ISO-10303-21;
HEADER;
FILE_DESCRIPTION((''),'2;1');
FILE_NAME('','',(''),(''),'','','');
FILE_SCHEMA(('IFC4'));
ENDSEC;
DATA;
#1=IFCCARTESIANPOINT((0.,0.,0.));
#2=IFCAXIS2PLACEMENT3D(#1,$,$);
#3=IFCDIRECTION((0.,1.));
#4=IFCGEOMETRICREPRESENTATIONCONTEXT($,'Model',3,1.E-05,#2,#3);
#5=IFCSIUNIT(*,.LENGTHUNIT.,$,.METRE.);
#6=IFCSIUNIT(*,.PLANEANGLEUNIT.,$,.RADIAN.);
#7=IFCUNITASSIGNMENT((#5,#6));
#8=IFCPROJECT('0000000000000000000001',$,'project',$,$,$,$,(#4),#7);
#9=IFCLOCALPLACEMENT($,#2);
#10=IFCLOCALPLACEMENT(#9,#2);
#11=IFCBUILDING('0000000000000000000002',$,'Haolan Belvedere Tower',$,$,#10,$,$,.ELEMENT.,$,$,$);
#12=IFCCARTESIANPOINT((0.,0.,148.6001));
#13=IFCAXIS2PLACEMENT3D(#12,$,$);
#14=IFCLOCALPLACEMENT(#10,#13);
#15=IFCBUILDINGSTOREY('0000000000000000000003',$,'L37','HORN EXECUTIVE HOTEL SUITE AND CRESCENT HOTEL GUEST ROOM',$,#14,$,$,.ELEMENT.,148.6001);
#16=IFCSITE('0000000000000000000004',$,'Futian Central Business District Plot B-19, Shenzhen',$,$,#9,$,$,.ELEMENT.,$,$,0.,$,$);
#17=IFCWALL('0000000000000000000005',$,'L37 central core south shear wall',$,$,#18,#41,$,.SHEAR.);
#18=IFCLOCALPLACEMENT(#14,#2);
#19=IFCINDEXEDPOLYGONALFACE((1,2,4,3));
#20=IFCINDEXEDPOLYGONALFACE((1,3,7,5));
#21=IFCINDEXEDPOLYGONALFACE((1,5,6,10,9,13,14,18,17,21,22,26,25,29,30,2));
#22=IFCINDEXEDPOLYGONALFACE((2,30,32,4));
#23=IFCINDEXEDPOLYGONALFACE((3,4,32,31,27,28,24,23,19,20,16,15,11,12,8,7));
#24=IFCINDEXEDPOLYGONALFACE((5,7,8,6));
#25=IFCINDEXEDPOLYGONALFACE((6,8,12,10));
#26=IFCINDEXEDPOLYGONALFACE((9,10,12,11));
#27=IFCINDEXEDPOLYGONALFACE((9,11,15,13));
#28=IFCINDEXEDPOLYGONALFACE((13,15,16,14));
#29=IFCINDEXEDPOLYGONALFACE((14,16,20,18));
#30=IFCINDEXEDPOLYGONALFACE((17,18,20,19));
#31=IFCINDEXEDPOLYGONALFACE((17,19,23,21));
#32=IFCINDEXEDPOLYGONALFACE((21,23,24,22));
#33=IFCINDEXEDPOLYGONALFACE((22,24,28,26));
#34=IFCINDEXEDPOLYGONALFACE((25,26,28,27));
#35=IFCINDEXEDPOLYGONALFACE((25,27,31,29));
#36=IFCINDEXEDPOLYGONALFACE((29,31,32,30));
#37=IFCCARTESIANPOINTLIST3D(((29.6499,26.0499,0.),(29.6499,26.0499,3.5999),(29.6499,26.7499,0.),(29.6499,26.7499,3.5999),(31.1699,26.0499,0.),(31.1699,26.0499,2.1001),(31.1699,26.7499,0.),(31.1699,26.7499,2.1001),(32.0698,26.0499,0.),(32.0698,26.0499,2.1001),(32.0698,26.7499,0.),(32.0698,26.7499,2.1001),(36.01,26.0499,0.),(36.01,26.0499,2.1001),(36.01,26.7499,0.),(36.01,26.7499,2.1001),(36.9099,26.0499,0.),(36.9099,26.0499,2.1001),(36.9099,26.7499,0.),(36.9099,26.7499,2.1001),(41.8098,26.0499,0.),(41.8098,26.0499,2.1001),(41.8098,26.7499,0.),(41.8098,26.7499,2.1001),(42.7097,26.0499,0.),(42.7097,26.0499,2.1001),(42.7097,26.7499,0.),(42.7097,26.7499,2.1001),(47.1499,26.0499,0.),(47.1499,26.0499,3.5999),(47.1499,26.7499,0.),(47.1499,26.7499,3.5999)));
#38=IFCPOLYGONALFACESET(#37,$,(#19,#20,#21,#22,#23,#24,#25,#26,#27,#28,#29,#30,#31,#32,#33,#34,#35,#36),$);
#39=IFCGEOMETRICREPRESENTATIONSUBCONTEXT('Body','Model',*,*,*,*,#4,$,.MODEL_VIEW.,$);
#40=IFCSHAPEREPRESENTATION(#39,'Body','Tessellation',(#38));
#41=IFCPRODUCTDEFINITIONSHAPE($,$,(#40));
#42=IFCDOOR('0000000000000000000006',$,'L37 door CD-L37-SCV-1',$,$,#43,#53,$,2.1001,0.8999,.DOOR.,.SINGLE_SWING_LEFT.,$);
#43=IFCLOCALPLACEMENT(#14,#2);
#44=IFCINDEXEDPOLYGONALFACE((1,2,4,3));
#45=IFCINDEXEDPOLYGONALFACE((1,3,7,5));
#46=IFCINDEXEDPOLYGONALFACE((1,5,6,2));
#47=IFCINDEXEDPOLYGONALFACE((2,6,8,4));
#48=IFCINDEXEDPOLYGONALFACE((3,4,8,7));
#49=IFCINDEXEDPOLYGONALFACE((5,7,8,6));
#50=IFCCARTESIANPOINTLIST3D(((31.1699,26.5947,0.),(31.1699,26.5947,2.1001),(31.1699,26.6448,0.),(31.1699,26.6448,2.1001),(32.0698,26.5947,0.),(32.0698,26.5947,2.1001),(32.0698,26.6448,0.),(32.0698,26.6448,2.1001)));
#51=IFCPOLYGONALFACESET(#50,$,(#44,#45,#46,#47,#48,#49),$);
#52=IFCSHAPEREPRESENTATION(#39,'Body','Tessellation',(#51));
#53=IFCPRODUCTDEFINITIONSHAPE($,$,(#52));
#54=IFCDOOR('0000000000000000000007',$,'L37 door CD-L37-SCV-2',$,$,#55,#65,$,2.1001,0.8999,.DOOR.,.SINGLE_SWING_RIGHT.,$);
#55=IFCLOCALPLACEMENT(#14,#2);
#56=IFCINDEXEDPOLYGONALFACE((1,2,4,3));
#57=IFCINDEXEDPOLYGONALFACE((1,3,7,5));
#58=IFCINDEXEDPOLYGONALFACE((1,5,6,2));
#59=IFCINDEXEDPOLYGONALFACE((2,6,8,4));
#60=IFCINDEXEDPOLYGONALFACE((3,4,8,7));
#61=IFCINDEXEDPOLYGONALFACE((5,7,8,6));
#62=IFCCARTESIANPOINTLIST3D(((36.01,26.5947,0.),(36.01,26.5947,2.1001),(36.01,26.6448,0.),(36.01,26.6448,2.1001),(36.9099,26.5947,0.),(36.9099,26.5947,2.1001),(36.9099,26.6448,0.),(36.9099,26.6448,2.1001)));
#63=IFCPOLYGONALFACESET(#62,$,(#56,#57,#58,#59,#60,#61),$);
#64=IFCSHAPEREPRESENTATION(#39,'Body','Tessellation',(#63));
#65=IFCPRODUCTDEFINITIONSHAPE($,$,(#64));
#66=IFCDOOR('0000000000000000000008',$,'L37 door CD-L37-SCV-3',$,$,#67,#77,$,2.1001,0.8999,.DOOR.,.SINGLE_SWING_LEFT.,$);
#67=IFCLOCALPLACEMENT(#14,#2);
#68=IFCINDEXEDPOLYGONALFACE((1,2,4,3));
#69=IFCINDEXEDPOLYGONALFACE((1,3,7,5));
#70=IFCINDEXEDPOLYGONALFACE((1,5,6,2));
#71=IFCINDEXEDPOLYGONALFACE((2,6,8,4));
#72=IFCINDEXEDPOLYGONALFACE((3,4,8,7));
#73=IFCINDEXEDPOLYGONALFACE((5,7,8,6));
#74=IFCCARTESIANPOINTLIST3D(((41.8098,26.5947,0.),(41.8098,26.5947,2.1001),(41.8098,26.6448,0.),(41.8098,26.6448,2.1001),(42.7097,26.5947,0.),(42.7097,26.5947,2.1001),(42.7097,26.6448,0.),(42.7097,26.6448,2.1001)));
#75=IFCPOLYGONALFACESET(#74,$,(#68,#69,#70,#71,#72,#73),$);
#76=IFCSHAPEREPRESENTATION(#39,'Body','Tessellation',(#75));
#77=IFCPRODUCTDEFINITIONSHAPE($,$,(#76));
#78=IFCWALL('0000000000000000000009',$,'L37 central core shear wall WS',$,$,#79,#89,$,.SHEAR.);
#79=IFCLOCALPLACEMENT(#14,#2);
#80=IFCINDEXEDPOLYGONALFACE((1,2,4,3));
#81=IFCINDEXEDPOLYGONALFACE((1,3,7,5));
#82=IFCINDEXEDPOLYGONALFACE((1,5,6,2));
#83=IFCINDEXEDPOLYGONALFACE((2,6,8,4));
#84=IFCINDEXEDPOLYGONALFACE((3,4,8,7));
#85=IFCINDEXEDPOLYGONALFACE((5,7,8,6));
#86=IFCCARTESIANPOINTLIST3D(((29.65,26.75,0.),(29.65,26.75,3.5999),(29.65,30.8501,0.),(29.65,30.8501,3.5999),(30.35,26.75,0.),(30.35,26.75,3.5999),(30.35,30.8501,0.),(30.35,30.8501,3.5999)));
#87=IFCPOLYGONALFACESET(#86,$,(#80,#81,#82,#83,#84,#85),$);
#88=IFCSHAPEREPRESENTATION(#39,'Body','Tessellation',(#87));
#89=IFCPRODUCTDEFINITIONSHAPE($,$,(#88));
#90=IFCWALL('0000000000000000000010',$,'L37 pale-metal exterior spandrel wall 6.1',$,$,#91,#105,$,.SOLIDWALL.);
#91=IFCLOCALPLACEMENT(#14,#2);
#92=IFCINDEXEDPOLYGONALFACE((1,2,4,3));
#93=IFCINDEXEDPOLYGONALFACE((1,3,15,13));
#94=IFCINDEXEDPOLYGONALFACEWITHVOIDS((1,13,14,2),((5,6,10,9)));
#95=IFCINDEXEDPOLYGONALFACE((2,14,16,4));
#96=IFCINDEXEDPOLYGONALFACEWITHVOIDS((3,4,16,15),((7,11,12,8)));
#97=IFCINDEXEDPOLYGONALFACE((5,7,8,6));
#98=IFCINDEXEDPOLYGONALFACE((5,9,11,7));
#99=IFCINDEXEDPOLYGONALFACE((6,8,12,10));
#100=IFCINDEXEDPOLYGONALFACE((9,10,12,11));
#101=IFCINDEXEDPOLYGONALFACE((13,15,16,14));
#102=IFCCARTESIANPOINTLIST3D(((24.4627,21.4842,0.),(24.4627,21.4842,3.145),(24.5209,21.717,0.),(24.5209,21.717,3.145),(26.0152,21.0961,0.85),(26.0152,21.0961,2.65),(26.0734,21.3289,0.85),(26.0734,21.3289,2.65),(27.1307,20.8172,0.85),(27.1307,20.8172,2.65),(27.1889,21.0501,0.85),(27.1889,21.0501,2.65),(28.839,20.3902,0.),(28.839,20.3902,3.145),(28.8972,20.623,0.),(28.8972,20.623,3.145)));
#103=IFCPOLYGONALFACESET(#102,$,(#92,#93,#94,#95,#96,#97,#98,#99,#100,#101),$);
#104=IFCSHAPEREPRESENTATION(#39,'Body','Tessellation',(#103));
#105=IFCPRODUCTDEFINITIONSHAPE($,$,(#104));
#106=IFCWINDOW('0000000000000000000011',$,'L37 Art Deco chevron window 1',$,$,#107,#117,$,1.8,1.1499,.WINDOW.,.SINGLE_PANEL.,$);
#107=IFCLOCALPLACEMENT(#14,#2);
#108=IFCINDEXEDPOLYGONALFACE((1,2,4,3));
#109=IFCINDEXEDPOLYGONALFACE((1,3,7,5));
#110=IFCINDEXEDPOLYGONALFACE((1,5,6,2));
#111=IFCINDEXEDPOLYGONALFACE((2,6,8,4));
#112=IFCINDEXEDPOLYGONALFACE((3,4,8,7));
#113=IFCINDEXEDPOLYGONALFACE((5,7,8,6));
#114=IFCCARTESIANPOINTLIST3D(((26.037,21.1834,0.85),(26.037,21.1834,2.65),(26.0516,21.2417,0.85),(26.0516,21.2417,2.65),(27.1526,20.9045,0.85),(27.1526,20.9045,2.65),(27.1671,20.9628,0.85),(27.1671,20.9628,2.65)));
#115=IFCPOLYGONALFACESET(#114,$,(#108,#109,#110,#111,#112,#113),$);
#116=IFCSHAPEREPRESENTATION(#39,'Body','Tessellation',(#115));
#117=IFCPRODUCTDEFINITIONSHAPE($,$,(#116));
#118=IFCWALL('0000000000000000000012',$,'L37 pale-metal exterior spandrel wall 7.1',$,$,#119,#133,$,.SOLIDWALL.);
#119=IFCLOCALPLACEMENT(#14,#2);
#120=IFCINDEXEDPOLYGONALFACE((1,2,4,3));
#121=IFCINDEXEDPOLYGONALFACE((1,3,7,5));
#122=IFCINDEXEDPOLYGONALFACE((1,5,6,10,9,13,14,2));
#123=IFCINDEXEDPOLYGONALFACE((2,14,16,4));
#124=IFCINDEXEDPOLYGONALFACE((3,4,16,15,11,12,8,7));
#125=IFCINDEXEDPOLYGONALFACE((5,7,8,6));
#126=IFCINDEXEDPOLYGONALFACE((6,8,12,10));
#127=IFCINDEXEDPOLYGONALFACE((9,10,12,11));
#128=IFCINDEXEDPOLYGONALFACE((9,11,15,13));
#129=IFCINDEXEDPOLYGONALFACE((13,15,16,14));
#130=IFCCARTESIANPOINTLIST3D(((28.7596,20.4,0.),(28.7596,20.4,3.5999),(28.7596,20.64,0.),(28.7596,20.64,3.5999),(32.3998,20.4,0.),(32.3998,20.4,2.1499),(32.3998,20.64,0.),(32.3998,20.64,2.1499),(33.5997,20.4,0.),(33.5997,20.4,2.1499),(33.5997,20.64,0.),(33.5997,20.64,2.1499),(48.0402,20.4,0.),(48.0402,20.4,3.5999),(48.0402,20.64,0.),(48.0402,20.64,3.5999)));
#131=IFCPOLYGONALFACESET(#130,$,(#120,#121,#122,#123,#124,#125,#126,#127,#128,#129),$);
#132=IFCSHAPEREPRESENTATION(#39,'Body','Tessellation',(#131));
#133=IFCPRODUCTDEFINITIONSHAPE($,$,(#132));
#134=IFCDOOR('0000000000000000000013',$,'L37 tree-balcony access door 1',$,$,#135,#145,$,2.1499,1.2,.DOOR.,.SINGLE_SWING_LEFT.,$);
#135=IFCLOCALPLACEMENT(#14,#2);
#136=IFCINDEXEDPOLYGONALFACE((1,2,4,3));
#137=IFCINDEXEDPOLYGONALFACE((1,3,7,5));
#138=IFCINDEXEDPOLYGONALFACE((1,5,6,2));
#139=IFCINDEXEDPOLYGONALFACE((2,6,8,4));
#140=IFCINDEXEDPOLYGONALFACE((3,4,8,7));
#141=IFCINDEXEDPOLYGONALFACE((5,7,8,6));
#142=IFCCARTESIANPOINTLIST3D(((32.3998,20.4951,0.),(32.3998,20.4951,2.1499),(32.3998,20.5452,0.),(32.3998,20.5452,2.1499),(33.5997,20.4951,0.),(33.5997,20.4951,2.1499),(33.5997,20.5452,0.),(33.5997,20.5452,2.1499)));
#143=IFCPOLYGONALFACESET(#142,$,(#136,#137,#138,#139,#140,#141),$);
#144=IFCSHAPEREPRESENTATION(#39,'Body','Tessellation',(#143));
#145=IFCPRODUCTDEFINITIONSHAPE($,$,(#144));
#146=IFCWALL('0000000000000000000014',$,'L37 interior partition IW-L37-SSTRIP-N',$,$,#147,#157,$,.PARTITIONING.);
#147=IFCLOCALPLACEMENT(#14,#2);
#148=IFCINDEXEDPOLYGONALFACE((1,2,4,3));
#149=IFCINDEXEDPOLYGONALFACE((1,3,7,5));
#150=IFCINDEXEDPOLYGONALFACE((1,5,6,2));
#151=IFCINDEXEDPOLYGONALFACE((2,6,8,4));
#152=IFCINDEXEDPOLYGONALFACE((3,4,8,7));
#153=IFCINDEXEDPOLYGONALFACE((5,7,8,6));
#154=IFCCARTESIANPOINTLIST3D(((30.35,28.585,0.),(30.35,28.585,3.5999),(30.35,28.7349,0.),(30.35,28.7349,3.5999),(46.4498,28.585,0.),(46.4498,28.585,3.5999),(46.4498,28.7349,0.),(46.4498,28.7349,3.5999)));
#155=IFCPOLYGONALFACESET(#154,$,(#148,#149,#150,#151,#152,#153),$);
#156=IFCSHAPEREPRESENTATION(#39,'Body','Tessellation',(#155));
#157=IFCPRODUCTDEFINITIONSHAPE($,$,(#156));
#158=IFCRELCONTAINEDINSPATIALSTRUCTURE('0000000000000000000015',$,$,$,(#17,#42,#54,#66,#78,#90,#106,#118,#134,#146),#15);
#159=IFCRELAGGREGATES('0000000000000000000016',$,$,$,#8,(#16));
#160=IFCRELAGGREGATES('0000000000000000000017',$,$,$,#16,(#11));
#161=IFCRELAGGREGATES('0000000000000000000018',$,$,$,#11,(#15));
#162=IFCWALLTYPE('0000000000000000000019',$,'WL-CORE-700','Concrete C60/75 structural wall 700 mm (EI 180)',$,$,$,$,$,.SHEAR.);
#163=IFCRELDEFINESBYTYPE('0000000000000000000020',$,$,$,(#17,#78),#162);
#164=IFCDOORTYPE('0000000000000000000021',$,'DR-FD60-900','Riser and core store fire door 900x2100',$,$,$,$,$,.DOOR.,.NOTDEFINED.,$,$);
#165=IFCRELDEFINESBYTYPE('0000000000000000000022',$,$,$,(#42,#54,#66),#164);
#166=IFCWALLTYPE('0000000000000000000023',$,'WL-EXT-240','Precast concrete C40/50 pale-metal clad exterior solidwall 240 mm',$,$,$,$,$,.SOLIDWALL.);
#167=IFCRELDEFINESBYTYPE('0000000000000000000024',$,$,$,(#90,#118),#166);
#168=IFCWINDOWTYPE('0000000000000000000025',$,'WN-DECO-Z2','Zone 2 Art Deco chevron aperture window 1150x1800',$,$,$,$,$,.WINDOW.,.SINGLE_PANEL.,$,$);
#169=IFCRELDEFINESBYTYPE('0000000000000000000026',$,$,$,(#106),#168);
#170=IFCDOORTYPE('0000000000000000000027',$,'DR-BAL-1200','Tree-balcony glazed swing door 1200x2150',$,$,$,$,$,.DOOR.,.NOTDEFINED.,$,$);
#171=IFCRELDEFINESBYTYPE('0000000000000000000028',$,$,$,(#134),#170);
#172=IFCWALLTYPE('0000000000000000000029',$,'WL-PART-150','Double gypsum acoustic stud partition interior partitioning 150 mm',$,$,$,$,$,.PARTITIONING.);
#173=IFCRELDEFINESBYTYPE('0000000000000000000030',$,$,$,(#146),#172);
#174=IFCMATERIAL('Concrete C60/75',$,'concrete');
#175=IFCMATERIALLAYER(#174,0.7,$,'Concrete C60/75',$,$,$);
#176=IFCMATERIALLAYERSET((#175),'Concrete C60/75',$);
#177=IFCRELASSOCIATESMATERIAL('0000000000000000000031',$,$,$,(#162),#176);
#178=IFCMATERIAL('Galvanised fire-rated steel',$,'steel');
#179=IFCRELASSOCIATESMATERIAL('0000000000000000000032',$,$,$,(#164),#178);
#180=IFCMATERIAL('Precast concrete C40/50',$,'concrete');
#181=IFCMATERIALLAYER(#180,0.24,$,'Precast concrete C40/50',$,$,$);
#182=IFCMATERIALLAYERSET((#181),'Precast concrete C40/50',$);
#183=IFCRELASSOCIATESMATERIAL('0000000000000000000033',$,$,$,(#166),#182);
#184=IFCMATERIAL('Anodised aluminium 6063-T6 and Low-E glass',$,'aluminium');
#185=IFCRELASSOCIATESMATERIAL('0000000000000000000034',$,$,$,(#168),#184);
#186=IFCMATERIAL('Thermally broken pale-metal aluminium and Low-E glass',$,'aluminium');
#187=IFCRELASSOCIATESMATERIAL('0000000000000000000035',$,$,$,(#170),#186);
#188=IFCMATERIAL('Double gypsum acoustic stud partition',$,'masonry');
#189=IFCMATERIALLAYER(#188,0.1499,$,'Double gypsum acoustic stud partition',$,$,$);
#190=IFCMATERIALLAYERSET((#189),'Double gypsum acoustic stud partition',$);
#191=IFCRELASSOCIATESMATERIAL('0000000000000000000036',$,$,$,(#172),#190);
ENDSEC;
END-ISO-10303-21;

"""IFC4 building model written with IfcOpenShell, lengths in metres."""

from ifc_helpers import new_model, si_unit, direction, frame, frame_2d, origin, place, context, subcontext, project, spatial, rectangle, extrude, material, layer, layer_set, type_object, element, fill, save


model = new_model("IFC4")

# Units and contexts
model_context = context("Model", 3, precision=1e-05, world=origin(), true_north=direction((0.0, 1.0)))
body_context = subcontext(model_context, "Body", "Model", "MODEL_VIEW")
ifc_project = project(units=[si_unit("LENGTHUNIT", "METRE"), si_unit("PLANEANGLEUNIT", "RADIAN")], contexts=[model_context])

# Site, building, storey
site_placement = place(None, origin())
site = spatial("IfcSite", under=ifc_project, at=site_placement, Name="Futian Central Business District Plot B-19, Shenzhen", CompositionType="ELEMENT", RefElevation=0.0)
building_placement = place(site_placement, origin())
building = spatial("IfcBuilding", under=site, at=building_placement, Name="Haolan Belvedere Tower", CompositionType="ELEMENT")
storey_placement = place(building_placement, frame((0.0, 0.0, 148.6001)))
storey = spatial("IfcBuildingStorey", under=building, at=storey_placement, Name="L37", Description="HORN EXECUTIVE HOTEL SUITE AND CRESCENT HOTEL GUEST ROOM", CompositionType="ELEMENT", Elevation=148.6001)

# Wall, openings, doors
ifc_material_1 = material(Name="Concrete C60/75", Category="concrete")
ifc_layer_1 = layer(ifc_material_1, 0.7, Name="Concrete C60/75")
ifc_layer_set_1 = layer_set([ifc_layer_1], Name="Concrete C60/75")
wall_type_1 = type_object("IfcWallType", Name="WL-CORE-700", Description="Concrete C60/75 structural wall 700 mm (EI 180)", PredefinedType="SHEAR", material=ifc_layer_set_1)
wall_1_placement = place(storey_placement, frame((29.6499, 26.3999, 0.0), z_axis=(0.0, 0.0, 1.0), x_axis=(1.0, 0.0, 0.0)))
wall_1 = element("IfcWall", 1, at=wall_1_placement, inside=storey, type_object=wall_type_1, Name="L37 central core south shear wall", PredefinedType="SHEAR", context=body_context, shape_type="SweptSolid", body=[
    extrude(rectangle(XDim=17.5, YDim=0.7, at=frame_2d((8.75, 0.0))), origin(), (0.0, 0.0, 1.0), 3.5999),
])
opening_1_placement = place(wall_1_placement, frame((2.4199, 0.0, 0.0), z_axis=(0.0, 0.0, 1.0), x_axis=(-1.0, 0.0, 0.0)))
opening_1 = element("IfcOpeningElement", 2, at=opening_1_placement, cuts=wall_1, PredefinedType="OPENING", context=body_context, shape_type="SweptSolid", body=[
    extrude(rectangle(XDim=0.8999, YDim=2.1001, at=frame_2d((0.45, 1.05))), frame((0.0, 0.3599, 0.0), z_axis=(0.0, -1.0, 0.0), x_axis=(1.0, 0.0, 0.0)), (0.0, 0.0, 1.0), 0.72),
])
opening_2_placement = place(wall_1_placement, frame((7.26, 0.0, 0.0), z_axis=(0.0, 0.0, 1.0), x_axis=(-1.0, 0.0, 0.0)))
opening_2 = element("IfcOpeningElement", 3, at=opening_2_placement, cuts=wall_1, PredefinedType="OPENING", context=body_context, shape_type="SweptSolid", body=[
    extrude(rectangle(XDim=0.8999, YDim=2.1001, at=frame_2d((0.45, 1.05))), frame((0.0, 0.3599, 0.0), z_axis=(0.0, -1.0, 0.0), x_axis=(1.0, 0.0, 0.0)), (0.0, 0.0, 1.0), 0.72),
])
opening_3_placement = place(wall_1_placement, frame((13.0598, 0.0, 0.0), z_axis=(0.0, 0.0, 1.0), x_axis=(-1.0, 0.0, 0.0)))
opening_3 = element("IfcOpeningElement", 4, at=opening_3_placement, cuts=wall_1, PredefinedType="OPENING", context=body_context, shape_type="SweptSolid", body=[
    extrude(rectangle(XDim=0.8999, YDim=2.1001, at=frame_2d((0.45, 1.05))), frame((0.0, 0.3599, 0.0), z_axis=(0.0, -1.0, 0.0), x_axis=(1.0, 0.0, 0.0)), (0.0, 0.0, 1.0), 0.72),
])
ifc_material_2 = material(Name="Galvanised fire-rated steel", Category="steel")
door_type_1 = type_object("IfcDoorType", Name="DR-FD60-900", Description="Riser and core store fire door 900x2100", OperationType="NOTDEFINED", PredefinedType="DOOR", material=ifc_material_2)
door_1_placement = place(opening_1_placement, origin())
door_1 = element("IfcDoor", 5, at=door_1_placement, inside=storey, type_object=door_type_1, Name="L37 door CD-L37-SCV-1", OperationType="SINGLE_SWING_LEFT", OverallHeight=2.1001, OverallWidth=0.8999, PredefinedType="DOOR", context=body_context, shape_type="SweptSolid", body=[
    extrude(rectangle(XDim=0.8999, YDim=2.1001, at=frame_2d((0.45, 1.05))), frame((0.0, -0.1948, 0.0), z_axis=(0.0, -1.0, 0.0), x_axis=(1.0, 0.0, 0.0)), (0.0, 0.0, 1.0), 0.05),
])
fill(opening_1, door_1)
door_2_placement = place(opening_2_placement, origin())
door_2 = element("IfcDoor", 6, at=door_2_placement, inside=storey, type_object=door_type_1, Name="L37 door CD-L37-SCV-2", OperationType="SINGLE_SWING_RIGHT", OverallHeight=2.1001, OverallWidth=0.8999, PredefinedType="DOOR", context=body_context, shape_type="SweptSolid", body=[
    extrude(rectangle(XDim=0.8999, YDim=2.1001, at=frame_2d((0.45, 1.05))), frame((0.0, -0.1948, 0.0), z_axis=(0.0, -1.0, 0.0), x_axis=(1.0, 0.0, 0.0)), (0.0, 0.0, 1.0), 0.05),
])
fill(opening_2, door_2)
door_3_placement = place(opening_3_placement, origin())
door_3 = element("IfcDoor", 7, at=door_3_placement, inside=storey, type_object=door_type_1, Name="L37 door CD-L37-SCV-3", OperationType="SINGLE_SWING_LEFT", OverallHeight=2.1001, OverallWidth=0.8999, PredefinedType="DOOR", context=body_context, shape_type="SweptSolid", body=[
    extrude(rectangle(XDim=0.8999, YDim=2.1001, at=frame_2d((0.45, 1.05))), frame((0.0, -0.1948, 0.0), z_axis=(0.0, -1.0, 0.0), x_axis=(1.0, 0.0, 0.0)), (0.0, 0.0, 1.0), 0.05),
])
fill(opening_3, door_3)

# Wall
wall_2_placement = place(storey_placement, frame((30.0, 26.75, 0.0), z_axis=(0.0, 0.0, 1.0), x_axis=(0.0, 1.0, 0.0)))
element("IfcWall", 8, at=wall_2_placement, inside=storey, type_object=wall_type_1, Name="L37 central core shear wall WS", PredefinedType="SHEAR", context=body_context, shape_type="SweptSolid", body=[
    extrude(rectangle(XDim=4.1001, YDim=0.7, at=frame_2d((2.05, 0.0))), origin(), (0.0, 0.0, 1.0), 3.5999),
])

# Wall, opening, window
ifc_material_3 = material(Name="Precast concrete C40/50", Category="concrete")
ifc_layer_2 = layer(ifc_material_3, 0.24, Name="Precast concrete C40/50")
ifc_layer_set_2 = layer_set([ifc_layer_2], Name="Precast concrete C40/50")
wall_type_2 = type_object("IfcWallType", Name="WL-EXT-240", Description="Precast concrete C40/50 pale-metal clad exterior solidwall 240 mm", PredefinedType="SOLIDWALL", material=ifc_layer_set_2)
wall_3_placement = place(storey_placement, frame((24.4919, 21.6006, 0.0), z_axis=(0.0, 0.0, 1.0), x_axis=(0.970146, -0.242523, 0.0)))
wall_3 = element("IfcWall", 9, at=wall_3_placement, inside=storey, type_object=wall_type_2, Name="L37 pale-metal exterior spandrel wall 6.1", PredefinedType="SOLIDWALL", context=body_context, shape_type="SweptSolid", body=[
    extrude(rectangle(XDim=4.511, YDim=0.24, at=frame_2d((2.2554, 0.0))), origin(), (0.0, 0.0, 1.0), 3.145),
])
opening_4_placement = place(wall_3_placement, frame((1.6001, 0.0, 0.8501)))
opening_4 = element("IfcOpeningElement", 10, at=opening_4_placement, cuts=wall_3, PredefinedType="OPENING", context=body_context, shape_type="SweptSolid", body=[
    extrude(rectangle(XDim=1.1499, YDim=1.8, at=frame_2d((0.575, 0.8999))), frame((0.0, 0.1299, 0.0), z_axis=(0.0, -1.0, 0.0), x_axis=(1.0, 0.0, 0.0)), (0.0, 0.0, 1.0), 0.26),
])
ifc_material_4 = material(Name="Anodised aluminium 6063-T6 and Low-E glass", Category="aluminium")
window_type = type_object("IfcWindowType", Name="WN-DECO-Z2", Description="Zone 2 Art Deco chevron aperture window 1150x1800", PartitioningType="SINGLE_PANEL", PredefinedType="WINDOW", material=ifc_material_4)
window_placement = place(opening_4_placement, origin())
window = element("IfcWindow", 11, at=window_placement, inside=storey, type_object=window_type, Name="L37 Art Deco chevron window 1", OverallHeight=1.8, OverallWidth=1.1499, PartitioningType="SINGLE_PANEL", PredefinedType="WINDOW", context=body_context, shape_type="SweptSolid", body=[
    extrude(rectangle(XDim=1.1499, YDim=1.8, at=frame_2d((0.575, 0.8999))), frame((0.0, 0.03, 0.0), z_axis=(0.0, -1.0, 0.0), x_axis=(1.0, 0.0, 0.0)), (0.0, 0.0, 1.0), 0.0601),
])
fill(opening_4, window)

# Wall, opening, door
wall_4_placement = place(storey_placement, frame((28.7598, 20.52, 0.0), z_axis=(0.0, 0.0, 1.0), x_axis=(1.0, 0.0, 0.0)))
wall_4 = element("IfcWall", 12, at=wall_4_placement, inside=storey, type_object=wall_type_2, Name="L37 pale-metal exterior spandrel wall 7.1", PredefinedType="SOLIDWALL", context=body_context, shape_type="SweptSolid", body=[
    extrude(rectangle(XDim=19.2805, YDim=0.24, at=frame_2d((9.6401, 0.0))), origin(), (0.0, 0.0, 1.0), 3.5999),
])
opening_5_placement = place(wall_4_placement, frame((4.8401, 0.0, 0.0), z_axis=(0.0, 0.0, 1.0), x_axis=(-1.0, 0.0, 0.0)))
opening_5 = element("IfcOpeningElement", 13, at=opening_5_placement, cuts=wall_4, PredefinedType="OPENING", context=body_context, shape_type="SweptSolid", body=[
    extrude(rectangle(XDim=1.2, YDim=2.1499, at=frame_2d((0.6001, 1.075))), frame((0.0, 0.1299, 0.0), z_axis=(0.0, -1.0, 0.0), x_axis=(1.0, 0.0, 0.0)), (0.0, 0.0, 1.0), 0.26),
])
ifc_material_5 = material(Name="Thermally broken pale-metal aluminium and Low-E glass", Category="aluminium")
door_type_2 = type_object("IfcDoorType", Name="DR-BAL-1200", Description="Tree-balcony glazed swing door 1200x2150", OperationType="NOTDEFINED", PredefinedType="DOOR", material=ifc_material_5)
door_4_placement = place(opening_5_placement, origin())
door_4 = element("IfcDoor", 14, at=door_4_placement, inside=storey, type_object=door_type_2, Name="L37 tree-balcony access door 1", OperationType="SINGLE_SWING_LEFT", OverallHeight=2.1499, OverallWidth=1.2, PredefinedType="DOOR", context=body_context, shape_type="SweptSolid", body=[
    extrude(rectangle(XDim=1.2, YDim=2.1499, at=frame_2d((0.6001, 1.075))), frame((0.0, 0.0249, 0.0), z_axis=(0.0, -1.0, 0.0), x_axis=(1.0, 0.0, 0.0)), (0.0, 0.0, 1.0), 0.05),
])
fill(opening_5, door_4)

# Wall
ifc_material_6 = material(Name="Double gypsum acoustic stud partition", Category="masonry")
ifc_layer_3 = layer(ifc_material_6, 0.1499, Name="Double gypsum acoustic stud partition")
ifc_layer_set_3 = layer_set([ifc_layer_3], Name="Double gypsum acoustic stud partition")
wall_type_3 = type_object("IfcWallType", Name="WL-PART-150", Description="Double gypsum acoustic stud partition interior partitioning 150 mm", PredefinedType="PARTITIONING", material=ifc_layer_set_3)
wall_5_placement = place(storey_placement, frame((30.3501, 28.6599, 0.0), z_axis=(0.0, 0.0, 1.0), x_axis=(1.0, 0.0, 0.0)))
element("IfcWall", 15, at=wall_5_placement, inside=storey, type_object=wall_type_3, Name="L37 interior partition IW-L37-SSTRIP-N", PredefinedType="PARTITIONING", context=body_context, shape_type="SweptSolid", body=[
    extrude(rectangle(XDim=16.0999, YDim=0.1499, at=frame_2d((8.0498, 0.0))), origin(), (0.0, 0.0, 1.0), 3.5999),
])

save(model, "model.ifc")
